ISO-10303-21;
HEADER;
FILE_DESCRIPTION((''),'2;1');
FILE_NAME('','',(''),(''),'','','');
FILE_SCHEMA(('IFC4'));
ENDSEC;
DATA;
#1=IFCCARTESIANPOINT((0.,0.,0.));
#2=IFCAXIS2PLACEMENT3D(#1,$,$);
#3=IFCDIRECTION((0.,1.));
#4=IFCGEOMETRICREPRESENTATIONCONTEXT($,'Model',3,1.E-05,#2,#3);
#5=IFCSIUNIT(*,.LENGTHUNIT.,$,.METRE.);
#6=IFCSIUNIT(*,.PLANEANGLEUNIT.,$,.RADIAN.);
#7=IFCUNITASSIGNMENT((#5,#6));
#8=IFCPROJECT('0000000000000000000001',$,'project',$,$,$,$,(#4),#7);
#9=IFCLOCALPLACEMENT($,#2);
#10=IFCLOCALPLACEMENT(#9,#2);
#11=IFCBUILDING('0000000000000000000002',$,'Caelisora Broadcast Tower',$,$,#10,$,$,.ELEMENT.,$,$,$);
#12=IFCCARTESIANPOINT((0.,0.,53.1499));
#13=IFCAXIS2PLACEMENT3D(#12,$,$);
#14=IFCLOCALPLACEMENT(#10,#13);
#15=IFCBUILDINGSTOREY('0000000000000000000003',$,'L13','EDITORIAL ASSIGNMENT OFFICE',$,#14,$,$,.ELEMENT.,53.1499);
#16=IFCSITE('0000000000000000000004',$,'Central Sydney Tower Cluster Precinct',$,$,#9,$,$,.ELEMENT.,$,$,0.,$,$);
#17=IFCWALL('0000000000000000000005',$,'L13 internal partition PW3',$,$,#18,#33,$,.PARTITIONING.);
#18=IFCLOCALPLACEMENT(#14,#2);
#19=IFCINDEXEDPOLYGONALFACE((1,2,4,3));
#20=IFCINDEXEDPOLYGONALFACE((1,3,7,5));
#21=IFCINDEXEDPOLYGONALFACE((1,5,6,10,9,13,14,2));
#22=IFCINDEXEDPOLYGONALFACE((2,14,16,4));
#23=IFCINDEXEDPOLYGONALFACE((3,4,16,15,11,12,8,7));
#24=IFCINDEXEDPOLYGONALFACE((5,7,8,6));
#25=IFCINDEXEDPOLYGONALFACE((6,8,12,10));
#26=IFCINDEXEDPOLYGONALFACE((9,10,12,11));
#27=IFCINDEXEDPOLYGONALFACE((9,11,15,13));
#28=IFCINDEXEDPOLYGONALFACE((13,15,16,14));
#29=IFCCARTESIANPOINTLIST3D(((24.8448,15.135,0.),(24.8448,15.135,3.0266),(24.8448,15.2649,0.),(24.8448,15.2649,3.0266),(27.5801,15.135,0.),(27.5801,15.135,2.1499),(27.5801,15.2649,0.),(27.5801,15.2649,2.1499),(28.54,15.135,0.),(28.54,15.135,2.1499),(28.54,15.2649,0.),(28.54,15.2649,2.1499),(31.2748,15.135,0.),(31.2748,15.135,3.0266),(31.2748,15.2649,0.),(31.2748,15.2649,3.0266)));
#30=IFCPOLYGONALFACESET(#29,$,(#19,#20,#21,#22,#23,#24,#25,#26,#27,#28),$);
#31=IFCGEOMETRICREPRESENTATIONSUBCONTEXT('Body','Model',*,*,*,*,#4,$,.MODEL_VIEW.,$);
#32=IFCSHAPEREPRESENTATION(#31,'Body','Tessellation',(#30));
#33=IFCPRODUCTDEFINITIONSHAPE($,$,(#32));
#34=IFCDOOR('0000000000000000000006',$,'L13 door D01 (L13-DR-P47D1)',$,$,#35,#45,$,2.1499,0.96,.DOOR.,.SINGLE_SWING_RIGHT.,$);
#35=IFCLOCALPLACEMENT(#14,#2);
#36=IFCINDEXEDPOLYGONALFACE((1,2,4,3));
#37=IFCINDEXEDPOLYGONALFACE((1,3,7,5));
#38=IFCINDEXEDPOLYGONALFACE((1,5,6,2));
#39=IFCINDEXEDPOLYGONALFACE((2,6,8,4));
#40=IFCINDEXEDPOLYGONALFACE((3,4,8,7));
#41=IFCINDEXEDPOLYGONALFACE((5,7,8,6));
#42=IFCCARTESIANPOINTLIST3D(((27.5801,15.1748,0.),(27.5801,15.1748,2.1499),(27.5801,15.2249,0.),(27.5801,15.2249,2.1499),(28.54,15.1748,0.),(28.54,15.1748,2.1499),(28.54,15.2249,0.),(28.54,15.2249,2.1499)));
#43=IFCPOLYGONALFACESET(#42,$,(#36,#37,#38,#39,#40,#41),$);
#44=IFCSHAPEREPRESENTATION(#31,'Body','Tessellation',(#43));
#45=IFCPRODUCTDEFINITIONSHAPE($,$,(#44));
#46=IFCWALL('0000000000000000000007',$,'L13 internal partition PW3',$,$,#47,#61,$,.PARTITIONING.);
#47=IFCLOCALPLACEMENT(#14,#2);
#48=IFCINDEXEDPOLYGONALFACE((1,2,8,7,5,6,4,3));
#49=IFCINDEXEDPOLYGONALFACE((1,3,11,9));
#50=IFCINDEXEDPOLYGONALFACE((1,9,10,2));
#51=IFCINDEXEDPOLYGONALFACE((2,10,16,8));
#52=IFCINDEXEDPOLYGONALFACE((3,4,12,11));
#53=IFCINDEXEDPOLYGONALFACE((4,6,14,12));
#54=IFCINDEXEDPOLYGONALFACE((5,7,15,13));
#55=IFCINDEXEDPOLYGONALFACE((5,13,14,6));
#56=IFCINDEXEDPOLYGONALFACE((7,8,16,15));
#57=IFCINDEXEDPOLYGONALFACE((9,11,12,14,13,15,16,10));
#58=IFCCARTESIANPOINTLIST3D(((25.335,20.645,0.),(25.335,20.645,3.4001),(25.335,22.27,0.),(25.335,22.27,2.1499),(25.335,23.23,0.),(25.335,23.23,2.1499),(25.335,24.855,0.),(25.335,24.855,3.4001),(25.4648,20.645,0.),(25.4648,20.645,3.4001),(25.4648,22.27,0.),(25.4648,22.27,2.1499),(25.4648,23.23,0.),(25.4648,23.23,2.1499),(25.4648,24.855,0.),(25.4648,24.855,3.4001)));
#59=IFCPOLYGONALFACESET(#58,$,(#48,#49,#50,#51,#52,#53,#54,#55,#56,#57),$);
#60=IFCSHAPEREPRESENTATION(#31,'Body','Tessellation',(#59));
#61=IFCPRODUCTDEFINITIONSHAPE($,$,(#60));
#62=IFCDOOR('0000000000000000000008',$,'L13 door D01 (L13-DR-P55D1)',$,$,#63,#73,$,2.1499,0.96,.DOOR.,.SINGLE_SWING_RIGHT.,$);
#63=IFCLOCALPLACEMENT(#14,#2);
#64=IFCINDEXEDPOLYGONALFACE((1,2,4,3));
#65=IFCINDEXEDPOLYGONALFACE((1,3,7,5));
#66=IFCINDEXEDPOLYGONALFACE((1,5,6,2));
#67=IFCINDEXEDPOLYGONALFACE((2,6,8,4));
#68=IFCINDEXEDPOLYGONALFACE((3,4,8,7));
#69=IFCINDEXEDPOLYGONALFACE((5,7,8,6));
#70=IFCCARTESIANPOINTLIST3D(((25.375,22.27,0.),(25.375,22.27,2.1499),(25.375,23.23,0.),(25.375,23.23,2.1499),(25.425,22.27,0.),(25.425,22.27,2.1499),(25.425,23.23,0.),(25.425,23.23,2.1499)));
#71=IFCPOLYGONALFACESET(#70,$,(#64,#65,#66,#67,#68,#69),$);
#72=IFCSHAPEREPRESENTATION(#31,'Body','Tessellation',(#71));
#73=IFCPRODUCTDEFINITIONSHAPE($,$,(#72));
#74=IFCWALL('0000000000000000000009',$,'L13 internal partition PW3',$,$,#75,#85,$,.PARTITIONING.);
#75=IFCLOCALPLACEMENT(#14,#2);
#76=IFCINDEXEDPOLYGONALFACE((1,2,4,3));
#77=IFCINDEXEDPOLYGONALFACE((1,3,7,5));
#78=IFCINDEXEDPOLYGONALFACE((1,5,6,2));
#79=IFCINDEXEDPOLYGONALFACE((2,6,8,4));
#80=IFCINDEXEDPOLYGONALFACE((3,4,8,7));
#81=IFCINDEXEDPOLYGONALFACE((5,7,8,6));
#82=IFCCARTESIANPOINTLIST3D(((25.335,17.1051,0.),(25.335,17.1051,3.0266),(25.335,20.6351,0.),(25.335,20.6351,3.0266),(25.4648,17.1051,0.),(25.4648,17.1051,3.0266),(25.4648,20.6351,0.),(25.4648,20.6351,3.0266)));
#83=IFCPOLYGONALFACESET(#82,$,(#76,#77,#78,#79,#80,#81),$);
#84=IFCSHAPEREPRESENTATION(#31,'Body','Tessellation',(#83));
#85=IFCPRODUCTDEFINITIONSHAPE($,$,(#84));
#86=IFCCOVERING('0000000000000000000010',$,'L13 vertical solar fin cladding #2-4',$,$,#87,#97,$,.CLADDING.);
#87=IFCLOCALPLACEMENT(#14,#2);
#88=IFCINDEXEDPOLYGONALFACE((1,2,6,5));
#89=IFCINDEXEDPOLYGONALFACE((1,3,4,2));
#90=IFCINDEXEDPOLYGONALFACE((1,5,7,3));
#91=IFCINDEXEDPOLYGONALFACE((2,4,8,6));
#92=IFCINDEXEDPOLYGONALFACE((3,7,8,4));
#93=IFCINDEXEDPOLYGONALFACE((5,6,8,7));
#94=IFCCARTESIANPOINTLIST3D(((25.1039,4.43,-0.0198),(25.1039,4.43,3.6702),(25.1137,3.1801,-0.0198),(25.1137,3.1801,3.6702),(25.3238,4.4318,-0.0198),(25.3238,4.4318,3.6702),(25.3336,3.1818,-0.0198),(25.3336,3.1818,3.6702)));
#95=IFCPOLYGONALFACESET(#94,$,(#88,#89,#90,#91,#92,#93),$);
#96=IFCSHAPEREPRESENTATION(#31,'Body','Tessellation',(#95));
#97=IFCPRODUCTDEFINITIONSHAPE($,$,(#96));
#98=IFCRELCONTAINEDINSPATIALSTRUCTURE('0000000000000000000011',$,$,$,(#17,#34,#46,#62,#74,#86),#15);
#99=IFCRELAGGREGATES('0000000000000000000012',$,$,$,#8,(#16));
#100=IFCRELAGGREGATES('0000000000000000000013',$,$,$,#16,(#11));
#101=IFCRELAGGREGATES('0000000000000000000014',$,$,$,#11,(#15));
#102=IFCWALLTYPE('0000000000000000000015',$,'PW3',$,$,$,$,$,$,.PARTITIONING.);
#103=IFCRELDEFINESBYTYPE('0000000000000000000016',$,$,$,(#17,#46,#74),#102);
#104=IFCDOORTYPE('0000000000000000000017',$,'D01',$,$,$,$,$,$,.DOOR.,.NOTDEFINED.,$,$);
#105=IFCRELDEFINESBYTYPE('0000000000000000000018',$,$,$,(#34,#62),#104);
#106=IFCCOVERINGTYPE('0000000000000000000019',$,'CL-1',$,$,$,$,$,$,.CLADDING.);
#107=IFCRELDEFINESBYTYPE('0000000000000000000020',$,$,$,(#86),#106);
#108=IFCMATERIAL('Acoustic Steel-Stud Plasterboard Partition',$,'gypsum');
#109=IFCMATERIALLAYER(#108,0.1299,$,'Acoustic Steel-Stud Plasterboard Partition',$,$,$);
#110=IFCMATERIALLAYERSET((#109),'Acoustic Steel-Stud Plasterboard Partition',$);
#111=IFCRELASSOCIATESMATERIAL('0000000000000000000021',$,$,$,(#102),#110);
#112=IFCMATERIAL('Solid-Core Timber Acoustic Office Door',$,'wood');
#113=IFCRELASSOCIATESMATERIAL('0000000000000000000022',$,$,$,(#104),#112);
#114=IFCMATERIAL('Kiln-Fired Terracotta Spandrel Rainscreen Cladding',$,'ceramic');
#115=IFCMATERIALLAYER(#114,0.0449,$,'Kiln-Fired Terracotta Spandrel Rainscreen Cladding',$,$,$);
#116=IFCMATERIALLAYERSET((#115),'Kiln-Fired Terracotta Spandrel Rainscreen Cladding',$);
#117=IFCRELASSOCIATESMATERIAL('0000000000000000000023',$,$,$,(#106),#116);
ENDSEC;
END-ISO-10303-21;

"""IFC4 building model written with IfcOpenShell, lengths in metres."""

from ifc_helpers import new_model, si_unit, direction, frame, frame_2d, origin, origin_2d, place, context, subcontext, project, spatial, rectangle, extrude, source, transform, mapped, material, layer, layer_set, type_object, type_shapes, element, fill, save


model = new_model("IFC4")

# Units and contexts
model_context = context("Model", 3, precision=1e-05, world=origin(), true_north=direction((0.0, 1.0)))
body_context = subcontext(model_context, "Body", "Model", "MODEL_VIEW")
ifc_project = project(units=[si_unit("LENGTHUNIT", "METRE"), si_unit("PLANEANGLEUNIT", "RADIAN")], contexts=[model_context])

# Site, building, storey
site_placement = place(None, origin())
site = spatial("IfcSite", under=ifc_project, at=site_placement, Name="Central Sydney Tower Cluster Precinct", CompositionType="ELEMENT", RefElevation=0.0)
building_placement = place(site_placement, origin())
building = spatial("IfcBuilding", under=site, at=building_placement, Name="Caelisora Broadcast Tower", CompositionType="ELEMENT")
storey_placement = place(building_placement, frame((0.0, 0.0, 53.1499)))
storey = spatial("IfcBuildingStorey", under=building, at=storey_placement, Name="L13", Description="EDITORIAL ASSIGNMENT OFFICE", CompositionType="ELEMENT", Elevation=53.1499)

# Shared definitions
ifc_material_1 = material(Name="Acoustic Steel-Stud Plasterboard Partition", Category="gypsum")
ifc_layer_1 = layer(ifc_material_1, 0.1299, Name="Acoustic Steel-Stud Plasterboard Partition")
ifc_layer_set_1 = layer_set([ifc_layer_1], Name="Acoustic Steel-Stud Plasterboard Partition")
wall_type_1 = type_object("IfcWallType", Name="PW3", PredefinedType="PARTITIONING", material=ifc_layer_set_1)

# Walls, openings, doors
wall_1_placement = place(storey_placement, frame((24.845, 15.2, 0.0), z_axis=(0.0, 0.0, 1.0), x_axis=(1.0, 0.0, 0.0)))
wall_1 = element("IfcWall", 1, at=wall_1_placement, inside=storey, type_object=wall_type_1, Name="L13 internal partition PW3", PredefinedType="PARTITIONING", context=body_context, shape_type="SweptSolid", body=[
    extrude(rectangle(XDim=6.4299, YDim=0.1299, at=frame_2d((3.2148, 0.0))), origin(), (0.0, 0.0, 1.0), 3.0266),
])
opening_1_placement = place(wall_1_placement, frame((2.7351, 0.0, 0.0)))
opening_1 = element("IfcOpeningElement", 2, at=opening_1_placement, cuts=wall_1, PredefinedType="OPENING", context=body_context, shape_type="SweptSolid", body=[
    extrude(rectangle(XDim=0.96, YDim=2.1499, at=frame_2d((0.48, 1.075))), frame((0.0, 0.0769, 0.0), z_axis=(0.0, -1.0, 0.0), x_axis=(1.0, 0.0, 0.0)), (0.0, 0.0, 1.0), 0.1538),
])
ifc_material_2 = material(Name="Solid-Core Timber Acoustic Office Door", Category="wood")
door_type_1 = type_object("IfcDoorType", Name="D01", OperationType="NOTDEFINED", PredefinedType="DOOR", material=ifc_material_2)
door_1_placement = place(opening_1_placement, origin())
door_1 = element("IfcDoor", 3, at=door_1_placement, inside=storey, type_object=door_type_1, Name="L13 door D01 (L13-DR-P47D1)", OperationType="SINGLE_SWING_RIGHT", OverallHeight=2.1499, OverallWidth=0.96, PredefinedType="DOOR", context=body_context, shape_type="SweptSolid", body=[
    extrude(rectangle(XDim=0.96, YDim=2.1499, at=frame_2d((0.48, 1.075))), frame((0.0, 0.0249, 0.0), z_axis=(0.0, -1.0, 0.0), x_axis=(1.0, 0.0, 0.0)), (0.0, 0.0, 1.0), 0.05),
])
fill(opening_1, door_1)
wall_2_placement = place(storey_placement, frame((25.3999, 20.645, 0.0), z_axis=(0.0, 0.0, 1.0), x_axis=(0.0, 1.0, 0.0)))
wall_2 = element("IfcWall", 4, at=wall_2_placement, inside=storey, type_object=wall_type_1, Name="L13 internal partition PW3", PredefinedType="PARTITIONING", context=body_context, shape_type="SweptSolid", body=[
    extrude(rectangle(XDim=4.21, YDim=0.1299, at=frame_2d((2.105, 0.0))), origin(), (0.0, 0.0, 1.0), 3.4001),
])
opening_2_placement = place(wall_2_placement, frame((1.625, 0.0, 0.0)))
opening_2 = element("IfcOpeningElement", 5, at=opening_2_placement, cuts=wall_2, PredefinedType="OPENING", context=body_context, shape_type="SweptSolid", body=[
    extrude(rectangle(XDim=0.96, YDim=2.1499, at=frame_2d((0.48, 1.075))), frame((0.0, 0.0769, 0.0), z_axis=(0.0, -1.0, 0.0), x_axis=(1.0, 0.0, 0.0)), (0.0, 0.0, 1.0), 0.1538),
])
door_2_placement = place(opening_2_placement, origin())
door_2 = element("IfcDoor", 6, at=door_2_placement, inside=storey, type_object=door_type_1, Name="L13 door D01 (L13-DR-P55D1)", OperationType="SINGLE_SWING_RIGHT", OverallHeight=2.1499, OverallWidth=0.96, PredefinedType="DOOR", context=body_context, shape_type="SweptSolid", body=[
    extrude(rectangle(XDim=0.96, YDim=2.1499, at=frame_2d((0.48, 1.075))), frame((0.0, 0.0249, 0.0), z_axis=(0.0, -1.0, 0.0), x_axis=(1.0, 0.0, 0.0)), (0.0, 0.0, 1.0), 0.05),
])
fill(opening_2, door_2)

# Wall
wall_3_placement = place(storey_placement, frame((25.3999, 17.105, 0.0), z_axis=(0.0, 0.0, 1.0), x_axis=(0.0, 1.0, 0.0)))
element("IfcWall", 7, at=wall_3_placement, inside=storey, type_object=wall_type_1, Name="L13 internal partition PW3", PredefinedType="PARTITIONING", context=body_context, shape_type="SweptSolid", body=[
    extrude(rectangle(XDim=3.53, YDim=0.1299, at=frame_2d((1.7651, 0.0))), origin(), (0.0, 0.0, 1.0), 3.0266),
])

# Covering
ifc_material_3 = material(Name="Kiln-Fired Terracotta Spandrel Rainscreen Cladding", Category="ceramic")
ifc_layer_2 = layer(ifc_material_3, 0.0449, Name="Kiln-Fired Terracotta Spandrel Rainscreen Cladding")
ifc_layer_set_2 = layer_set([ifc_layer_2], Name="Kiln-Fired Terracotta Spandrel Rainscreen Cladding")
covering_type = type_object("IfcCoveringType", Name="CL-1", PredefinedType="CLADDING", material=ifc_layer_set_2)
shared_shape_1 = source(origin(), body_context, "Body", "SweptSolid", [
    extrude(rectangle(XDim=0.22, YDim=1.25, at=origin_2d()), origin(), (0.0, 0.0, 1.0), 3.6899),
])
type_shapes(covering_type, [shared_shape_1])
covering_placement = place(storey_placement, frame((25.2188, 3.8059, -0.0198), z_axis=(0.0, 0.0, 1.0), x_axis=(-0.999969, -0.007854, 0.0)))
element("IfcCovering", 8, at=covering_placement, inside=storey, type_object=covering_type, Name="L13 vertical solar fin cladding #2-4", PredefinedType="CLADDING", context=body_context, shape_type="MappedRepresentation", body=[
    mapped(shared_shape_1, transform((0.0, 0.0, 0.0), scale=1.0)),
])

save(model, "model.ifc")
